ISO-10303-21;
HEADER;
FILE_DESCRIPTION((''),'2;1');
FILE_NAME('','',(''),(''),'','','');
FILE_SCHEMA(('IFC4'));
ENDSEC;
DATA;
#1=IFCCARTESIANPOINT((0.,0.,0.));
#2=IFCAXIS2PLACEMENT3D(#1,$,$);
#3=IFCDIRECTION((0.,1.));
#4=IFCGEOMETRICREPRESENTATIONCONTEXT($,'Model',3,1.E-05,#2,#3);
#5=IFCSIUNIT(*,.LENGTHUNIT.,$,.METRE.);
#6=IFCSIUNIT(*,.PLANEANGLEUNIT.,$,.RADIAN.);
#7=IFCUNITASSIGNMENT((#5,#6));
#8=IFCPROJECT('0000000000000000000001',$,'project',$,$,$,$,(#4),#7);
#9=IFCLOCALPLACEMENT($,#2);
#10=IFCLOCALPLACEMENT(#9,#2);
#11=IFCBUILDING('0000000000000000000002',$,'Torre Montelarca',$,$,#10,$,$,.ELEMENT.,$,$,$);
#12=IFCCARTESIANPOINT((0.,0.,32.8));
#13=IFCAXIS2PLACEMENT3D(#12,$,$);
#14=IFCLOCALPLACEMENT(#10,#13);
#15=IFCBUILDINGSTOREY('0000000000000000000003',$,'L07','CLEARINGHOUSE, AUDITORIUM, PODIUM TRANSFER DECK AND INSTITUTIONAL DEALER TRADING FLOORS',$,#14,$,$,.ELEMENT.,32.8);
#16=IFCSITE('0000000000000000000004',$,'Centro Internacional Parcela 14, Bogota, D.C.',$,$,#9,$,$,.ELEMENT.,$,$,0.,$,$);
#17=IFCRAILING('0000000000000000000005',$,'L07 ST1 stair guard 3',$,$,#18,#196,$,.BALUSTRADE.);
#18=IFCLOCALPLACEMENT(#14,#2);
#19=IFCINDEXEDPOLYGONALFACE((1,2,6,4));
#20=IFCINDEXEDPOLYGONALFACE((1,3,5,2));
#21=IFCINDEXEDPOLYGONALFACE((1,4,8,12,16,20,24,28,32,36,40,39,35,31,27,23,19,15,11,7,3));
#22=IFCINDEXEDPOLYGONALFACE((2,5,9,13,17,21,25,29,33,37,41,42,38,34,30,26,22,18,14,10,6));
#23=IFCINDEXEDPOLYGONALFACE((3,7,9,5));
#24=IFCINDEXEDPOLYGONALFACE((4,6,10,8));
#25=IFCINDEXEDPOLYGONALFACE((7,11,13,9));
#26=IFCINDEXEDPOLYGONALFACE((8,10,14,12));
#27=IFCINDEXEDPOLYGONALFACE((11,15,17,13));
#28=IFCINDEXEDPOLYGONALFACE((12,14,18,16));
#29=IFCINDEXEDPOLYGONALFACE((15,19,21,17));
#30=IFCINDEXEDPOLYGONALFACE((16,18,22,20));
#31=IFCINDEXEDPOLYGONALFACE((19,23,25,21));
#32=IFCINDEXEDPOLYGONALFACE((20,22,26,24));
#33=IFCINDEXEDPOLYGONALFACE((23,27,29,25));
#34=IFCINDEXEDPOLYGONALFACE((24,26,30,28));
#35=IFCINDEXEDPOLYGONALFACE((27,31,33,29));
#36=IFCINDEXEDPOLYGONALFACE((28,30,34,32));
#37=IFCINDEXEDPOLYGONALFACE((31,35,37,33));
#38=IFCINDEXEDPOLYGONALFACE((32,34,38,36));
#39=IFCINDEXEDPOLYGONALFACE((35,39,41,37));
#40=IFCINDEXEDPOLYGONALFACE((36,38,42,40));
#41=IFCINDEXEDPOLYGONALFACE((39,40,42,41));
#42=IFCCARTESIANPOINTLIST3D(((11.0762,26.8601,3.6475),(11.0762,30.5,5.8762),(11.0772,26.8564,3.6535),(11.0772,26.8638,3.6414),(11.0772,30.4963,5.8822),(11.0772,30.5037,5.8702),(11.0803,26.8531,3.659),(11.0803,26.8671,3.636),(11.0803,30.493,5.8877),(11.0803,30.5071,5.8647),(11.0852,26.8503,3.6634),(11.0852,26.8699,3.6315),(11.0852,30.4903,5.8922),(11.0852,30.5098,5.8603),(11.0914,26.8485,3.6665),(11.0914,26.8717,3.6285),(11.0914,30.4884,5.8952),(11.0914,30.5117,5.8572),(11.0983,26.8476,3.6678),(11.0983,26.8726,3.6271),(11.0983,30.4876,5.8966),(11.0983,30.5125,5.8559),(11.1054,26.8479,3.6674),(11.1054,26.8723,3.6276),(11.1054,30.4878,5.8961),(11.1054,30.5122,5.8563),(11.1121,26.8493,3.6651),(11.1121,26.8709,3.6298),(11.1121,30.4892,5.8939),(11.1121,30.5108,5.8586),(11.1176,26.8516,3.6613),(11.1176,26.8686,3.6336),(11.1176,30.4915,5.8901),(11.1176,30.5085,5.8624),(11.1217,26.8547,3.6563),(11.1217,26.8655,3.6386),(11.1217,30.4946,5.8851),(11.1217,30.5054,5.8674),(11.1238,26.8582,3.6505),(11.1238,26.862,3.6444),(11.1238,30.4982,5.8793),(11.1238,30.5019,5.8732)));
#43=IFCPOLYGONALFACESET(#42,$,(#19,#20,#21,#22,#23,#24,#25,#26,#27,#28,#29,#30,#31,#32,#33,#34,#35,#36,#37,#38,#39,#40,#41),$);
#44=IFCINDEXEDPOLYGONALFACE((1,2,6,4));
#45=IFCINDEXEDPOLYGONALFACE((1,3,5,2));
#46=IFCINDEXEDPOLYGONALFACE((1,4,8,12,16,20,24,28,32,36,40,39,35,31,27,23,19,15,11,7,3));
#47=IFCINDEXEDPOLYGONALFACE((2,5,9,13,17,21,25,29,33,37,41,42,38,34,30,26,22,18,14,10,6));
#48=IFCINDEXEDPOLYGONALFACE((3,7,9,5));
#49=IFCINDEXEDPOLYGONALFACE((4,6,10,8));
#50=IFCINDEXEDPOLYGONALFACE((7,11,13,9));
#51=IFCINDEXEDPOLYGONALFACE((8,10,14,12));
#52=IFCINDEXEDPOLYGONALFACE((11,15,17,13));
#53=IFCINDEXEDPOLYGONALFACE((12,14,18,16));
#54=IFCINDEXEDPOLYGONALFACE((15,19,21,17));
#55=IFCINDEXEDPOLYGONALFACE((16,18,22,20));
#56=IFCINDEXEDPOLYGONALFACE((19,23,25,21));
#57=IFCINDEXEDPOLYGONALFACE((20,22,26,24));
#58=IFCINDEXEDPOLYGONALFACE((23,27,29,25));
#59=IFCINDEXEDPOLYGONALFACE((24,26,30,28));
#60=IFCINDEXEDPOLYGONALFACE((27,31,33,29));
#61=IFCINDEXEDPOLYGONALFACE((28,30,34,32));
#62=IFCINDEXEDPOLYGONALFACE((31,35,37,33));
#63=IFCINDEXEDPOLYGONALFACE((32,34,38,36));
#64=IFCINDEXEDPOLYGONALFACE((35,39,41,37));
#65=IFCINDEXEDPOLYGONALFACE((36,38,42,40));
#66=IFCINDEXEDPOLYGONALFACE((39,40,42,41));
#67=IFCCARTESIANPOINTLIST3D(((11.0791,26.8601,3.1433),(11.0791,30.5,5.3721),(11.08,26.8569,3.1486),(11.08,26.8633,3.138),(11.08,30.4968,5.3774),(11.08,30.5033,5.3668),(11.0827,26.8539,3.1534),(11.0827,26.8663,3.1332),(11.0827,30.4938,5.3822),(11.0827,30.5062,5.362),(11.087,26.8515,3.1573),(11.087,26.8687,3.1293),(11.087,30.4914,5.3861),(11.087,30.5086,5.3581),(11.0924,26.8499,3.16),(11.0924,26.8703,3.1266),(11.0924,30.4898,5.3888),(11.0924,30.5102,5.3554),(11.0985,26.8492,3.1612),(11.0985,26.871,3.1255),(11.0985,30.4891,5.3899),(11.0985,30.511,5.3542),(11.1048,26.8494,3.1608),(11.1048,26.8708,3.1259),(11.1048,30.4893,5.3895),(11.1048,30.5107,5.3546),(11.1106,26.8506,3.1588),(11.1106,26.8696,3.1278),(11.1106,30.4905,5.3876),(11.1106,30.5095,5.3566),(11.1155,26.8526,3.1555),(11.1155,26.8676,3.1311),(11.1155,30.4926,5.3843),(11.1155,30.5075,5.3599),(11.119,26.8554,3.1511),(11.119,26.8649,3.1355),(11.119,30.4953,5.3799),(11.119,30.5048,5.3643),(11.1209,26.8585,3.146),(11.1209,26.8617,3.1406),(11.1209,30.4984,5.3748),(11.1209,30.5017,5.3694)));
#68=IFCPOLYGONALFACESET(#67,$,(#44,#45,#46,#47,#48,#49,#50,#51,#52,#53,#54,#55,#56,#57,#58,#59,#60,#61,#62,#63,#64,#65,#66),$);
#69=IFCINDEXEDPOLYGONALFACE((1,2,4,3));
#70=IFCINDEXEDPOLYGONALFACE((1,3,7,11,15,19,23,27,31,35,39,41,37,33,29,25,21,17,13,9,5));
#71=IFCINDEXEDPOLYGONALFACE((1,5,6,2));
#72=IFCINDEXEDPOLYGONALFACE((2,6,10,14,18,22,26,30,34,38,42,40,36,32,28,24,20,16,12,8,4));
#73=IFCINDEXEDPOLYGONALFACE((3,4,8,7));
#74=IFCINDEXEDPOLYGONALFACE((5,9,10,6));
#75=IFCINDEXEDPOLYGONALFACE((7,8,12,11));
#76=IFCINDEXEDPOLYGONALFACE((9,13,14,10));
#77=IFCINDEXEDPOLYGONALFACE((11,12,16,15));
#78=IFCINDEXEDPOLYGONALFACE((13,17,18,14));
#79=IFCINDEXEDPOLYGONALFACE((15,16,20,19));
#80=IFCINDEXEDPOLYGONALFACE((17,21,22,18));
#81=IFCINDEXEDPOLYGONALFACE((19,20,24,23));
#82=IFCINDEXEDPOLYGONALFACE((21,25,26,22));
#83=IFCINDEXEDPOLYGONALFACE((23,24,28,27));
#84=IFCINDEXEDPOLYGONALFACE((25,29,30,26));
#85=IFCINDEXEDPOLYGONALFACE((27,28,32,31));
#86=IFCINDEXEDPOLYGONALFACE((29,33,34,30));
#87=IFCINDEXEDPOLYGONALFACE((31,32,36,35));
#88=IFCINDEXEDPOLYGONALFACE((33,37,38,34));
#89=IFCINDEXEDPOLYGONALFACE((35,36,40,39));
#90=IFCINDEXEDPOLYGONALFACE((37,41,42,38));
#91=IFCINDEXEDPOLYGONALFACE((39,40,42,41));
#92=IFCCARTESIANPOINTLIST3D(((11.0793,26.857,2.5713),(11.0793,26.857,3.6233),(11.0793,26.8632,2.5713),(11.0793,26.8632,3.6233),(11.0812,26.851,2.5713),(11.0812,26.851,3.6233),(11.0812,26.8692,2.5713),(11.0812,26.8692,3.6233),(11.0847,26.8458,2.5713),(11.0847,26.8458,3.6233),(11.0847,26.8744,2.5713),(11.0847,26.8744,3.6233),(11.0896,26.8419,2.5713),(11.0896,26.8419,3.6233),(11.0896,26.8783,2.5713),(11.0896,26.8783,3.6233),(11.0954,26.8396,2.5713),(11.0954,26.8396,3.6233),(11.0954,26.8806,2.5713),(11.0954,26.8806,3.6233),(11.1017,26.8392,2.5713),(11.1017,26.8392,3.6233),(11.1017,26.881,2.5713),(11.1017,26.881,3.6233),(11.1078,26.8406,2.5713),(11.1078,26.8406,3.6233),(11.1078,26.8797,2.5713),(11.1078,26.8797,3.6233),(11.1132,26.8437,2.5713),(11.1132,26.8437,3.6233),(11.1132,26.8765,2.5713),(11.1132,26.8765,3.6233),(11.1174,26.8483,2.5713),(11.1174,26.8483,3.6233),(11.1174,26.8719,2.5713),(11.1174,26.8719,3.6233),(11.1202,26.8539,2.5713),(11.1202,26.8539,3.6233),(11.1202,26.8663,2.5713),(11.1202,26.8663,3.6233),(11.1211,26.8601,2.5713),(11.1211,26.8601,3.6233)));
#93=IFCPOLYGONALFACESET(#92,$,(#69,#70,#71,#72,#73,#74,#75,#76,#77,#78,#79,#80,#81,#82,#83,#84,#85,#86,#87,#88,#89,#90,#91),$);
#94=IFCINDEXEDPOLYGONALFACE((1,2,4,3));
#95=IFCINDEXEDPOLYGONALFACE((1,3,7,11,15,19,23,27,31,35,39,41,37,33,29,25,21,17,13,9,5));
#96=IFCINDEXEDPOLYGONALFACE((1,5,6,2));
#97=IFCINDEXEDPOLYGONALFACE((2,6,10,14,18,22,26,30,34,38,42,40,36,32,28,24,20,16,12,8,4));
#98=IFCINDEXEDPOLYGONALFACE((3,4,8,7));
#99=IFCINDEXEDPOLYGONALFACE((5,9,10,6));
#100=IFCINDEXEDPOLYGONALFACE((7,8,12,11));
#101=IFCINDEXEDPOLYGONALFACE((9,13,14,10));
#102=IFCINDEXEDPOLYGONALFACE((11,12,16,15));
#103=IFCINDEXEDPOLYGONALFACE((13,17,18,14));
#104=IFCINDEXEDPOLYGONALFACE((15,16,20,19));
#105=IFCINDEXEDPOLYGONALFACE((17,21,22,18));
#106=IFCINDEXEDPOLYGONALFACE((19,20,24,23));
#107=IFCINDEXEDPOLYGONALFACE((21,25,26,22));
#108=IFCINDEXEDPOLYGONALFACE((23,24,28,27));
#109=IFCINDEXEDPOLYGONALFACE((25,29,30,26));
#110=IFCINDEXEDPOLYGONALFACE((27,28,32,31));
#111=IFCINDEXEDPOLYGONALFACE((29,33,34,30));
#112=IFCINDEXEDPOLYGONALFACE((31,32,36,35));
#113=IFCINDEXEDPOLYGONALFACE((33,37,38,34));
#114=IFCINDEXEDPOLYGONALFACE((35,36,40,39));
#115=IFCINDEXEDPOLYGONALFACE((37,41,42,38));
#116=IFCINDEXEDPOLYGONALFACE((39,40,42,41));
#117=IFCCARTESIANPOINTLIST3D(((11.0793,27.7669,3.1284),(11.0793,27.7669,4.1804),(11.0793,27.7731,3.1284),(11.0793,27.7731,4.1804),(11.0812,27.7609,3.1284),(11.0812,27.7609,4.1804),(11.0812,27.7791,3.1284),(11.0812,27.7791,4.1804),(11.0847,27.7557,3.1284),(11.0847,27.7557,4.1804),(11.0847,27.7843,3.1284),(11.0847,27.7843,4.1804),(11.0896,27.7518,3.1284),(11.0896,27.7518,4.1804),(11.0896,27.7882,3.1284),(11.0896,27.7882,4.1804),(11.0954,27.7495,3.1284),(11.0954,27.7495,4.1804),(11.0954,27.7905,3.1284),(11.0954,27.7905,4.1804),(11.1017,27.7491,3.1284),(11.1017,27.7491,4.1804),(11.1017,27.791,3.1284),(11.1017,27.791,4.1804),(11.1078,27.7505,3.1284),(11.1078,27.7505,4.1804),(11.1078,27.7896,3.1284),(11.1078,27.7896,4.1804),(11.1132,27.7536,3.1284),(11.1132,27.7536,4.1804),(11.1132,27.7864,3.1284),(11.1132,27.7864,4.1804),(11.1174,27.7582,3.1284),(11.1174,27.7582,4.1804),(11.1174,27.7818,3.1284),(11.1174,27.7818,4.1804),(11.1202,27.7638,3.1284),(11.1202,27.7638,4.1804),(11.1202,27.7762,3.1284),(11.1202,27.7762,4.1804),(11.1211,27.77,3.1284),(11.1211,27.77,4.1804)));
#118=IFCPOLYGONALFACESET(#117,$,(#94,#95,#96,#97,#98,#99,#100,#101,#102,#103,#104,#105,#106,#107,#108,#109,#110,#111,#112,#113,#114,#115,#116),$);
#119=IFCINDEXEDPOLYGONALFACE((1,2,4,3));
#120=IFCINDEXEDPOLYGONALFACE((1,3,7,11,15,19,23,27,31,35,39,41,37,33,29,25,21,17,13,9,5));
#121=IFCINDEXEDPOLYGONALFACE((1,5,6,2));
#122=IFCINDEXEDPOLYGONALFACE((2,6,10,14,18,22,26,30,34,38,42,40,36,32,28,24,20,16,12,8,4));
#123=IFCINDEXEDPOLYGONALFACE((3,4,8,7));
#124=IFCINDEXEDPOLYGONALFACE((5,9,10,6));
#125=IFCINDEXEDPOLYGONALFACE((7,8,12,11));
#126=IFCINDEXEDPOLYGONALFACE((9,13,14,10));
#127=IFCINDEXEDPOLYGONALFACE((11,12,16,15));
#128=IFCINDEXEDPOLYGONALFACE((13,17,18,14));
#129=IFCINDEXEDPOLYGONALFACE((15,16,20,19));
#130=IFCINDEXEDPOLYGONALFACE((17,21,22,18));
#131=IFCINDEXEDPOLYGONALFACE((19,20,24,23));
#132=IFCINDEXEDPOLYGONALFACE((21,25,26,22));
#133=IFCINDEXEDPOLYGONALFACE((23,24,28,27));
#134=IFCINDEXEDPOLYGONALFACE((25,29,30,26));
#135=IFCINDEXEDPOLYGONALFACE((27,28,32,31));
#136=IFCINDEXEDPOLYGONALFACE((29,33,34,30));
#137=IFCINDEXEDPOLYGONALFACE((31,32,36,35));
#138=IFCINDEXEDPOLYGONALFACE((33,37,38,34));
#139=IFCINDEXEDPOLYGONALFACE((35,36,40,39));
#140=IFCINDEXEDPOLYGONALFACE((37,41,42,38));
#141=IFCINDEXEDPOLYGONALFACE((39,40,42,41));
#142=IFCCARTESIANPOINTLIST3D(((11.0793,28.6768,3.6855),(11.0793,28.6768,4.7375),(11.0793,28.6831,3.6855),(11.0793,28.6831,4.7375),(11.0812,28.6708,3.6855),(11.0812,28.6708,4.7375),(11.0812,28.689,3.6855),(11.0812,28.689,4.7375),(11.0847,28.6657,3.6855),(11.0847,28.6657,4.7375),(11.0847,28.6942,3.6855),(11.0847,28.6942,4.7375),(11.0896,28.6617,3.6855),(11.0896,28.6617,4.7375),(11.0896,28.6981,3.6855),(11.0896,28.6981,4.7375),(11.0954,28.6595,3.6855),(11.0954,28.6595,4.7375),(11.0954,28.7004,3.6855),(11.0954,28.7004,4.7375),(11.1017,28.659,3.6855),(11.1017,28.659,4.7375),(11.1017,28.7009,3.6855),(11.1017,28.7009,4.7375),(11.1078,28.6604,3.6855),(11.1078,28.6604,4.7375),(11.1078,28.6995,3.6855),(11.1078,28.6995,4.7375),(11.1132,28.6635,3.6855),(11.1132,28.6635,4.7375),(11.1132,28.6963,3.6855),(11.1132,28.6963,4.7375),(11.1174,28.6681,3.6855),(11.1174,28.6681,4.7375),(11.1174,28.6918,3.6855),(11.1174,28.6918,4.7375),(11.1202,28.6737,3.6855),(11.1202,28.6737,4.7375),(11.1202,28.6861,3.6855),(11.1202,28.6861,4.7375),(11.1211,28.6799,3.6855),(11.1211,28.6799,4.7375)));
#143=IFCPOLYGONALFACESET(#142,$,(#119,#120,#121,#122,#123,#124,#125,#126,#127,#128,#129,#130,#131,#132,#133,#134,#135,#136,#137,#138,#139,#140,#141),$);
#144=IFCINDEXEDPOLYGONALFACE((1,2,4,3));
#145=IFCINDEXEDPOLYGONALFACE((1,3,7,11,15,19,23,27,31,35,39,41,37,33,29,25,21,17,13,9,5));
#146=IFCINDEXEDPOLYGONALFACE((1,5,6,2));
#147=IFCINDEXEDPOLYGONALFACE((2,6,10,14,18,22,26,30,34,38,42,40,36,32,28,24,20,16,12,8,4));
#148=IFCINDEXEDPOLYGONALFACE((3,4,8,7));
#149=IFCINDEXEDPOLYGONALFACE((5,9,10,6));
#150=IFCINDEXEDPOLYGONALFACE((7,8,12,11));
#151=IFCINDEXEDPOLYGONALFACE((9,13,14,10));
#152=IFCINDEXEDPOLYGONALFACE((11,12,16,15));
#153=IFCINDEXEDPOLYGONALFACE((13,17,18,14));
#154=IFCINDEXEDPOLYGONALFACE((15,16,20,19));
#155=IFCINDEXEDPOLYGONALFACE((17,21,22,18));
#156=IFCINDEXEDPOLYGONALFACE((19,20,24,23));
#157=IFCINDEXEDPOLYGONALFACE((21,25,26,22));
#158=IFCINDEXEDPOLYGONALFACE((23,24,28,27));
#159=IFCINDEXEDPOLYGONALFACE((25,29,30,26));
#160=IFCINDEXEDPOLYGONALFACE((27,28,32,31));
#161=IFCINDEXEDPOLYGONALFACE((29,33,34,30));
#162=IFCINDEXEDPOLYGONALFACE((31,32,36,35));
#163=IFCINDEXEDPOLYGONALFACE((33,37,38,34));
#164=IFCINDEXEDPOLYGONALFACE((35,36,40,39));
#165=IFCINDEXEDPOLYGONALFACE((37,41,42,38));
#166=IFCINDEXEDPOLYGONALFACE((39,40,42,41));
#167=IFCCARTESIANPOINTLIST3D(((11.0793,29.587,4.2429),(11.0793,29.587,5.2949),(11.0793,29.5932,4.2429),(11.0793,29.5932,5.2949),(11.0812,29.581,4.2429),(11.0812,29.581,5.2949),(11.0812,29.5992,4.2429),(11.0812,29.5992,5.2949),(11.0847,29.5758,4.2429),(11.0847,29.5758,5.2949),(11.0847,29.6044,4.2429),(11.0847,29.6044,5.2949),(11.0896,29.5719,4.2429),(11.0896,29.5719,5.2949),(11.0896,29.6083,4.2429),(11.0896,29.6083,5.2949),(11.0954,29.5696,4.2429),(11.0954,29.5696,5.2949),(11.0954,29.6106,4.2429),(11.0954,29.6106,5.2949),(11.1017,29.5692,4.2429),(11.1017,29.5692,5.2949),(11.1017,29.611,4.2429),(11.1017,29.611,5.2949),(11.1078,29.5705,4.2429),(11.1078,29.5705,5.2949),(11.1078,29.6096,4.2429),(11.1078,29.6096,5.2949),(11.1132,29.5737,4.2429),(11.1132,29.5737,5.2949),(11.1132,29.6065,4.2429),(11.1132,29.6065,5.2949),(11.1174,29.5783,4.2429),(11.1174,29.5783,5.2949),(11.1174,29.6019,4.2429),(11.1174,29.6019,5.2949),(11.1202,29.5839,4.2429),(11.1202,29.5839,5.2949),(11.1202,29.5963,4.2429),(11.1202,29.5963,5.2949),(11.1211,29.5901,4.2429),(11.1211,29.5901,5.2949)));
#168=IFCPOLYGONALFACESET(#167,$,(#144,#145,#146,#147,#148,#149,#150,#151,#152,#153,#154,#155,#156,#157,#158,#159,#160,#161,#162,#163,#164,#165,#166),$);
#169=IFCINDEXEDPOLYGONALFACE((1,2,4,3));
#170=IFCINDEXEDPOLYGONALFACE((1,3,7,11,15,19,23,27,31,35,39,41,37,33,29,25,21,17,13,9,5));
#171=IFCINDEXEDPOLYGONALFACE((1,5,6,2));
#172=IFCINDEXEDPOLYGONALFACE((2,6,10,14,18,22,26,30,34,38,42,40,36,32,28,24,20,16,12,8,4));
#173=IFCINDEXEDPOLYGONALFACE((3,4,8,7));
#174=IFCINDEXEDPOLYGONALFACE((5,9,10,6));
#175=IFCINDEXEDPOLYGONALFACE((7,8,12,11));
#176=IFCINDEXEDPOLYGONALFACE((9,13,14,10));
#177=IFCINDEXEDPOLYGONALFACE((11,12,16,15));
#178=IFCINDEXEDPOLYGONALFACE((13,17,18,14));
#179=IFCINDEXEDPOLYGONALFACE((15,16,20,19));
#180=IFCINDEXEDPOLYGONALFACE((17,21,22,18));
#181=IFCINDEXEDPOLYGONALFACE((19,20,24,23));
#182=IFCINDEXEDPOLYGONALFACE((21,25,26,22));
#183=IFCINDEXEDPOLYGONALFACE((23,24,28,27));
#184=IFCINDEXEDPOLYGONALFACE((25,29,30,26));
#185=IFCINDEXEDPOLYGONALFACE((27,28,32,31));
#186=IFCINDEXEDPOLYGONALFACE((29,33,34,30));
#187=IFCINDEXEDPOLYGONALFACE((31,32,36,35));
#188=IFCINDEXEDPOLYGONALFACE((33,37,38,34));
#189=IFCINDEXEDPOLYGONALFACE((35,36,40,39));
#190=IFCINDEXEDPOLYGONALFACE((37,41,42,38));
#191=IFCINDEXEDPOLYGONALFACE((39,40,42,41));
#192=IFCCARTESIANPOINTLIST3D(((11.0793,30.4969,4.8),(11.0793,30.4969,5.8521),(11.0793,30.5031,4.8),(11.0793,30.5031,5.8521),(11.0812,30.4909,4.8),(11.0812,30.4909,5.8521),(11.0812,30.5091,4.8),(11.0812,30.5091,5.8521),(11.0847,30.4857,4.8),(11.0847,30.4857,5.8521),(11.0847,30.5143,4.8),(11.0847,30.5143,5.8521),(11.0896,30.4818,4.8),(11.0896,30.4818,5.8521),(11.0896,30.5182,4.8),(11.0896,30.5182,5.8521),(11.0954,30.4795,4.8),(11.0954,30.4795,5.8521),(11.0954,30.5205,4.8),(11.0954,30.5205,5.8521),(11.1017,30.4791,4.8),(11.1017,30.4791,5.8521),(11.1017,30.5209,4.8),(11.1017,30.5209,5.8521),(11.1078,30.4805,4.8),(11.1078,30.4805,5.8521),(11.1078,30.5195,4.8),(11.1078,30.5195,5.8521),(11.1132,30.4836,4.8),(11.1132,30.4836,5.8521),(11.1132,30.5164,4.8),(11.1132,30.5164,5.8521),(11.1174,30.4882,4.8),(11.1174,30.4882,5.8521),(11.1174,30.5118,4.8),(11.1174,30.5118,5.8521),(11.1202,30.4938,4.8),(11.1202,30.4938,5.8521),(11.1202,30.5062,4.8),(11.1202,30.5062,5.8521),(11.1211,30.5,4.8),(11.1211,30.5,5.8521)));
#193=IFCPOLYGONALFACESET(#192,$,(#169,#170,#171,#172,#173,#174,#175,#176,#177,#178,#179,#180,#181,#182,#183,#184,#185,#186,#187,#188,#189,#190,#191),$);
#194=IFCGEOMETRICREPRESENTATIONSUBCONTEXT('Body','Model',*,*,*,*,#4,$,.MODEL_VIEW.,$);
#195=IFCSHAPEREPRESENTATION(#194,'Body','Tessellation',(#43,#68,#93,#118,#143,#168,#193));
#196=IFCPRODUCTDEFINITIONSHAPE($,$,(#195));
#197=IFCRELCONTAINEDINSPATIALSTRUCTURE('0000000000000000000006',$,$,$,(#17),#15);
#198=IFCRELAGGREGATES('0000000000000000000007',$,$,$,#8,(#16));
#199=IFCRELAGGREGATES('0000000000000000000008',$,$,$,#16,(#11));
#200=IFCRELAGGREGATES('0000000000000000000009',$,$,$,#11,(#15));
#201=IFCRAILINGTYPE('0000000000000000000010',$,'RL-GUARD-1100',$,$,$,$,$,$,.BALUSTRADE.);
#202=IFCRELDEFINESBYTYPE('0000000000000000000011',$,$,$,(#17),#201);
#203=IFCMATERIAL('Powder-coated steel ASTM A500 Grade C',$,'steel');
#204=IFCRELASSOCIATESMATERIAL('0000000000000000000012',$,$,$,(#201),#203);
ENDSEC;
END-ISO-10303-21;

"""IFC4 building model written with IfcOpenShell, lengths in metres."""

from ifc_helpers import new_model, si_unit, direction, frame, origin, origin_2d, place, context, subcontext, project, spatial, circle, extrude, material, type_object, element, save


model = new_model("IFC4")

# Units and contexts
model_context = context("Model", 3, precision=1e-05, world=origin(), true_north=direction((0.0, 1.0)))
body_context = subcontext(model_context, "Body", "Model", "MODEL_VIEW")
ifc_project = project(units=[si_unit("LENGTHUNIT", "METRE"), si_unit("PLANEANGLEUNIT", "RADIAN")], contexts=[model_context])

# Site, building, storey
site_placement = place(None, origin())
site = spatial("IfcSite", under=ifc_project, at=site_placement, Name="Centro Internacional Parcela 14, Bogota, D.C.", CompositionType="ELEMENT", RefElevation=0.0)
building_placement = place(site_placement, origin())
building = spatial("IfcBuilding", under=site, at=building_placement, Name="Torre Montelarca", CompositionType="ELEMENT")
storey_placement = place(building_placement, frame((0.0, 0.0, 32.8)))
storey = spatial("IfcBuildingStorey", under=building, at=storey_placement, Name="L07", Description="CLEARINGHOUSE, AUDITORIUM, PODIUM TRANSFER DECK AND INSTITUTIONAL DEALER TRADING FLOORS", CompositionType="ELEMENT", Elevation=32.8)

# Railing
ifc_material_1 = material(Name="Powder-coated steel ASTM A500 Grade C", Category="steel")
railing_type_1 = type_object("IfcRailingType", Name="RL-GUARD-1100", PredefinedType="BALUSTRADE", material=ifc_material_1)
railing_1_placement = place(storey_placement, frame((11.1001, 26.8601, 2.5713)))
element("IfcRailing", 1, at=railing_1_placement, inside=storey, type_object=railing_type_1, Name="L07 ST1 stair guard 3", PredefinedType="BALUSTRADE", context=body_context, shape_type="SweptSolid", body=[
    extrude(circle(Radius=0.0239, at=origin_2d()), frame((0.0, 0.0, 1.0762), z_axis=(0.0, 0.852825, 0.522197), x_axis=(-1.0, 0.0, 0.0)), (0.0, 0.0, 1.0), 4.2681),
    extrude(circle(Radius=0.021, at=origin_2d()), frame((0.0, 0.0, 0.572), z_axis=(0.0, 0.852825, 0.522197), x_axis=(-1.0, 0.0, 0.0)), (0.0, 0.0, 1.0), 4.2681),
    extrude(circle(Radius=0.021, at=origin_2d()), origin(), (0.0, 0.0, 1.0), 1.052),
    extrude(circle(Radius=0.021, at=origin_2d()), frame((0.0, 0.9099, 0.5571)), (0.0, 0.0, 1.0), 1.052),
    extrude(circle(Radius=0.021, at=origin_2d()), frame((0.0, 1.8198, 1.1143)), (0.0, 0.0, 1.0), 1.052),
    extrude(circle(Radius=0.021, at=origin_2d()), frame((0.0, 2.73, 1.6716)), (0.0, 0.0, 1.0), 1.052),
    extrude(circle(Radius=0.021, at=origin_2d()), frame((0.0, 3.6399, 2.2288)), (0.0, 0.0, 1.0), 1.052),
])

save(model, "model.ifc")
